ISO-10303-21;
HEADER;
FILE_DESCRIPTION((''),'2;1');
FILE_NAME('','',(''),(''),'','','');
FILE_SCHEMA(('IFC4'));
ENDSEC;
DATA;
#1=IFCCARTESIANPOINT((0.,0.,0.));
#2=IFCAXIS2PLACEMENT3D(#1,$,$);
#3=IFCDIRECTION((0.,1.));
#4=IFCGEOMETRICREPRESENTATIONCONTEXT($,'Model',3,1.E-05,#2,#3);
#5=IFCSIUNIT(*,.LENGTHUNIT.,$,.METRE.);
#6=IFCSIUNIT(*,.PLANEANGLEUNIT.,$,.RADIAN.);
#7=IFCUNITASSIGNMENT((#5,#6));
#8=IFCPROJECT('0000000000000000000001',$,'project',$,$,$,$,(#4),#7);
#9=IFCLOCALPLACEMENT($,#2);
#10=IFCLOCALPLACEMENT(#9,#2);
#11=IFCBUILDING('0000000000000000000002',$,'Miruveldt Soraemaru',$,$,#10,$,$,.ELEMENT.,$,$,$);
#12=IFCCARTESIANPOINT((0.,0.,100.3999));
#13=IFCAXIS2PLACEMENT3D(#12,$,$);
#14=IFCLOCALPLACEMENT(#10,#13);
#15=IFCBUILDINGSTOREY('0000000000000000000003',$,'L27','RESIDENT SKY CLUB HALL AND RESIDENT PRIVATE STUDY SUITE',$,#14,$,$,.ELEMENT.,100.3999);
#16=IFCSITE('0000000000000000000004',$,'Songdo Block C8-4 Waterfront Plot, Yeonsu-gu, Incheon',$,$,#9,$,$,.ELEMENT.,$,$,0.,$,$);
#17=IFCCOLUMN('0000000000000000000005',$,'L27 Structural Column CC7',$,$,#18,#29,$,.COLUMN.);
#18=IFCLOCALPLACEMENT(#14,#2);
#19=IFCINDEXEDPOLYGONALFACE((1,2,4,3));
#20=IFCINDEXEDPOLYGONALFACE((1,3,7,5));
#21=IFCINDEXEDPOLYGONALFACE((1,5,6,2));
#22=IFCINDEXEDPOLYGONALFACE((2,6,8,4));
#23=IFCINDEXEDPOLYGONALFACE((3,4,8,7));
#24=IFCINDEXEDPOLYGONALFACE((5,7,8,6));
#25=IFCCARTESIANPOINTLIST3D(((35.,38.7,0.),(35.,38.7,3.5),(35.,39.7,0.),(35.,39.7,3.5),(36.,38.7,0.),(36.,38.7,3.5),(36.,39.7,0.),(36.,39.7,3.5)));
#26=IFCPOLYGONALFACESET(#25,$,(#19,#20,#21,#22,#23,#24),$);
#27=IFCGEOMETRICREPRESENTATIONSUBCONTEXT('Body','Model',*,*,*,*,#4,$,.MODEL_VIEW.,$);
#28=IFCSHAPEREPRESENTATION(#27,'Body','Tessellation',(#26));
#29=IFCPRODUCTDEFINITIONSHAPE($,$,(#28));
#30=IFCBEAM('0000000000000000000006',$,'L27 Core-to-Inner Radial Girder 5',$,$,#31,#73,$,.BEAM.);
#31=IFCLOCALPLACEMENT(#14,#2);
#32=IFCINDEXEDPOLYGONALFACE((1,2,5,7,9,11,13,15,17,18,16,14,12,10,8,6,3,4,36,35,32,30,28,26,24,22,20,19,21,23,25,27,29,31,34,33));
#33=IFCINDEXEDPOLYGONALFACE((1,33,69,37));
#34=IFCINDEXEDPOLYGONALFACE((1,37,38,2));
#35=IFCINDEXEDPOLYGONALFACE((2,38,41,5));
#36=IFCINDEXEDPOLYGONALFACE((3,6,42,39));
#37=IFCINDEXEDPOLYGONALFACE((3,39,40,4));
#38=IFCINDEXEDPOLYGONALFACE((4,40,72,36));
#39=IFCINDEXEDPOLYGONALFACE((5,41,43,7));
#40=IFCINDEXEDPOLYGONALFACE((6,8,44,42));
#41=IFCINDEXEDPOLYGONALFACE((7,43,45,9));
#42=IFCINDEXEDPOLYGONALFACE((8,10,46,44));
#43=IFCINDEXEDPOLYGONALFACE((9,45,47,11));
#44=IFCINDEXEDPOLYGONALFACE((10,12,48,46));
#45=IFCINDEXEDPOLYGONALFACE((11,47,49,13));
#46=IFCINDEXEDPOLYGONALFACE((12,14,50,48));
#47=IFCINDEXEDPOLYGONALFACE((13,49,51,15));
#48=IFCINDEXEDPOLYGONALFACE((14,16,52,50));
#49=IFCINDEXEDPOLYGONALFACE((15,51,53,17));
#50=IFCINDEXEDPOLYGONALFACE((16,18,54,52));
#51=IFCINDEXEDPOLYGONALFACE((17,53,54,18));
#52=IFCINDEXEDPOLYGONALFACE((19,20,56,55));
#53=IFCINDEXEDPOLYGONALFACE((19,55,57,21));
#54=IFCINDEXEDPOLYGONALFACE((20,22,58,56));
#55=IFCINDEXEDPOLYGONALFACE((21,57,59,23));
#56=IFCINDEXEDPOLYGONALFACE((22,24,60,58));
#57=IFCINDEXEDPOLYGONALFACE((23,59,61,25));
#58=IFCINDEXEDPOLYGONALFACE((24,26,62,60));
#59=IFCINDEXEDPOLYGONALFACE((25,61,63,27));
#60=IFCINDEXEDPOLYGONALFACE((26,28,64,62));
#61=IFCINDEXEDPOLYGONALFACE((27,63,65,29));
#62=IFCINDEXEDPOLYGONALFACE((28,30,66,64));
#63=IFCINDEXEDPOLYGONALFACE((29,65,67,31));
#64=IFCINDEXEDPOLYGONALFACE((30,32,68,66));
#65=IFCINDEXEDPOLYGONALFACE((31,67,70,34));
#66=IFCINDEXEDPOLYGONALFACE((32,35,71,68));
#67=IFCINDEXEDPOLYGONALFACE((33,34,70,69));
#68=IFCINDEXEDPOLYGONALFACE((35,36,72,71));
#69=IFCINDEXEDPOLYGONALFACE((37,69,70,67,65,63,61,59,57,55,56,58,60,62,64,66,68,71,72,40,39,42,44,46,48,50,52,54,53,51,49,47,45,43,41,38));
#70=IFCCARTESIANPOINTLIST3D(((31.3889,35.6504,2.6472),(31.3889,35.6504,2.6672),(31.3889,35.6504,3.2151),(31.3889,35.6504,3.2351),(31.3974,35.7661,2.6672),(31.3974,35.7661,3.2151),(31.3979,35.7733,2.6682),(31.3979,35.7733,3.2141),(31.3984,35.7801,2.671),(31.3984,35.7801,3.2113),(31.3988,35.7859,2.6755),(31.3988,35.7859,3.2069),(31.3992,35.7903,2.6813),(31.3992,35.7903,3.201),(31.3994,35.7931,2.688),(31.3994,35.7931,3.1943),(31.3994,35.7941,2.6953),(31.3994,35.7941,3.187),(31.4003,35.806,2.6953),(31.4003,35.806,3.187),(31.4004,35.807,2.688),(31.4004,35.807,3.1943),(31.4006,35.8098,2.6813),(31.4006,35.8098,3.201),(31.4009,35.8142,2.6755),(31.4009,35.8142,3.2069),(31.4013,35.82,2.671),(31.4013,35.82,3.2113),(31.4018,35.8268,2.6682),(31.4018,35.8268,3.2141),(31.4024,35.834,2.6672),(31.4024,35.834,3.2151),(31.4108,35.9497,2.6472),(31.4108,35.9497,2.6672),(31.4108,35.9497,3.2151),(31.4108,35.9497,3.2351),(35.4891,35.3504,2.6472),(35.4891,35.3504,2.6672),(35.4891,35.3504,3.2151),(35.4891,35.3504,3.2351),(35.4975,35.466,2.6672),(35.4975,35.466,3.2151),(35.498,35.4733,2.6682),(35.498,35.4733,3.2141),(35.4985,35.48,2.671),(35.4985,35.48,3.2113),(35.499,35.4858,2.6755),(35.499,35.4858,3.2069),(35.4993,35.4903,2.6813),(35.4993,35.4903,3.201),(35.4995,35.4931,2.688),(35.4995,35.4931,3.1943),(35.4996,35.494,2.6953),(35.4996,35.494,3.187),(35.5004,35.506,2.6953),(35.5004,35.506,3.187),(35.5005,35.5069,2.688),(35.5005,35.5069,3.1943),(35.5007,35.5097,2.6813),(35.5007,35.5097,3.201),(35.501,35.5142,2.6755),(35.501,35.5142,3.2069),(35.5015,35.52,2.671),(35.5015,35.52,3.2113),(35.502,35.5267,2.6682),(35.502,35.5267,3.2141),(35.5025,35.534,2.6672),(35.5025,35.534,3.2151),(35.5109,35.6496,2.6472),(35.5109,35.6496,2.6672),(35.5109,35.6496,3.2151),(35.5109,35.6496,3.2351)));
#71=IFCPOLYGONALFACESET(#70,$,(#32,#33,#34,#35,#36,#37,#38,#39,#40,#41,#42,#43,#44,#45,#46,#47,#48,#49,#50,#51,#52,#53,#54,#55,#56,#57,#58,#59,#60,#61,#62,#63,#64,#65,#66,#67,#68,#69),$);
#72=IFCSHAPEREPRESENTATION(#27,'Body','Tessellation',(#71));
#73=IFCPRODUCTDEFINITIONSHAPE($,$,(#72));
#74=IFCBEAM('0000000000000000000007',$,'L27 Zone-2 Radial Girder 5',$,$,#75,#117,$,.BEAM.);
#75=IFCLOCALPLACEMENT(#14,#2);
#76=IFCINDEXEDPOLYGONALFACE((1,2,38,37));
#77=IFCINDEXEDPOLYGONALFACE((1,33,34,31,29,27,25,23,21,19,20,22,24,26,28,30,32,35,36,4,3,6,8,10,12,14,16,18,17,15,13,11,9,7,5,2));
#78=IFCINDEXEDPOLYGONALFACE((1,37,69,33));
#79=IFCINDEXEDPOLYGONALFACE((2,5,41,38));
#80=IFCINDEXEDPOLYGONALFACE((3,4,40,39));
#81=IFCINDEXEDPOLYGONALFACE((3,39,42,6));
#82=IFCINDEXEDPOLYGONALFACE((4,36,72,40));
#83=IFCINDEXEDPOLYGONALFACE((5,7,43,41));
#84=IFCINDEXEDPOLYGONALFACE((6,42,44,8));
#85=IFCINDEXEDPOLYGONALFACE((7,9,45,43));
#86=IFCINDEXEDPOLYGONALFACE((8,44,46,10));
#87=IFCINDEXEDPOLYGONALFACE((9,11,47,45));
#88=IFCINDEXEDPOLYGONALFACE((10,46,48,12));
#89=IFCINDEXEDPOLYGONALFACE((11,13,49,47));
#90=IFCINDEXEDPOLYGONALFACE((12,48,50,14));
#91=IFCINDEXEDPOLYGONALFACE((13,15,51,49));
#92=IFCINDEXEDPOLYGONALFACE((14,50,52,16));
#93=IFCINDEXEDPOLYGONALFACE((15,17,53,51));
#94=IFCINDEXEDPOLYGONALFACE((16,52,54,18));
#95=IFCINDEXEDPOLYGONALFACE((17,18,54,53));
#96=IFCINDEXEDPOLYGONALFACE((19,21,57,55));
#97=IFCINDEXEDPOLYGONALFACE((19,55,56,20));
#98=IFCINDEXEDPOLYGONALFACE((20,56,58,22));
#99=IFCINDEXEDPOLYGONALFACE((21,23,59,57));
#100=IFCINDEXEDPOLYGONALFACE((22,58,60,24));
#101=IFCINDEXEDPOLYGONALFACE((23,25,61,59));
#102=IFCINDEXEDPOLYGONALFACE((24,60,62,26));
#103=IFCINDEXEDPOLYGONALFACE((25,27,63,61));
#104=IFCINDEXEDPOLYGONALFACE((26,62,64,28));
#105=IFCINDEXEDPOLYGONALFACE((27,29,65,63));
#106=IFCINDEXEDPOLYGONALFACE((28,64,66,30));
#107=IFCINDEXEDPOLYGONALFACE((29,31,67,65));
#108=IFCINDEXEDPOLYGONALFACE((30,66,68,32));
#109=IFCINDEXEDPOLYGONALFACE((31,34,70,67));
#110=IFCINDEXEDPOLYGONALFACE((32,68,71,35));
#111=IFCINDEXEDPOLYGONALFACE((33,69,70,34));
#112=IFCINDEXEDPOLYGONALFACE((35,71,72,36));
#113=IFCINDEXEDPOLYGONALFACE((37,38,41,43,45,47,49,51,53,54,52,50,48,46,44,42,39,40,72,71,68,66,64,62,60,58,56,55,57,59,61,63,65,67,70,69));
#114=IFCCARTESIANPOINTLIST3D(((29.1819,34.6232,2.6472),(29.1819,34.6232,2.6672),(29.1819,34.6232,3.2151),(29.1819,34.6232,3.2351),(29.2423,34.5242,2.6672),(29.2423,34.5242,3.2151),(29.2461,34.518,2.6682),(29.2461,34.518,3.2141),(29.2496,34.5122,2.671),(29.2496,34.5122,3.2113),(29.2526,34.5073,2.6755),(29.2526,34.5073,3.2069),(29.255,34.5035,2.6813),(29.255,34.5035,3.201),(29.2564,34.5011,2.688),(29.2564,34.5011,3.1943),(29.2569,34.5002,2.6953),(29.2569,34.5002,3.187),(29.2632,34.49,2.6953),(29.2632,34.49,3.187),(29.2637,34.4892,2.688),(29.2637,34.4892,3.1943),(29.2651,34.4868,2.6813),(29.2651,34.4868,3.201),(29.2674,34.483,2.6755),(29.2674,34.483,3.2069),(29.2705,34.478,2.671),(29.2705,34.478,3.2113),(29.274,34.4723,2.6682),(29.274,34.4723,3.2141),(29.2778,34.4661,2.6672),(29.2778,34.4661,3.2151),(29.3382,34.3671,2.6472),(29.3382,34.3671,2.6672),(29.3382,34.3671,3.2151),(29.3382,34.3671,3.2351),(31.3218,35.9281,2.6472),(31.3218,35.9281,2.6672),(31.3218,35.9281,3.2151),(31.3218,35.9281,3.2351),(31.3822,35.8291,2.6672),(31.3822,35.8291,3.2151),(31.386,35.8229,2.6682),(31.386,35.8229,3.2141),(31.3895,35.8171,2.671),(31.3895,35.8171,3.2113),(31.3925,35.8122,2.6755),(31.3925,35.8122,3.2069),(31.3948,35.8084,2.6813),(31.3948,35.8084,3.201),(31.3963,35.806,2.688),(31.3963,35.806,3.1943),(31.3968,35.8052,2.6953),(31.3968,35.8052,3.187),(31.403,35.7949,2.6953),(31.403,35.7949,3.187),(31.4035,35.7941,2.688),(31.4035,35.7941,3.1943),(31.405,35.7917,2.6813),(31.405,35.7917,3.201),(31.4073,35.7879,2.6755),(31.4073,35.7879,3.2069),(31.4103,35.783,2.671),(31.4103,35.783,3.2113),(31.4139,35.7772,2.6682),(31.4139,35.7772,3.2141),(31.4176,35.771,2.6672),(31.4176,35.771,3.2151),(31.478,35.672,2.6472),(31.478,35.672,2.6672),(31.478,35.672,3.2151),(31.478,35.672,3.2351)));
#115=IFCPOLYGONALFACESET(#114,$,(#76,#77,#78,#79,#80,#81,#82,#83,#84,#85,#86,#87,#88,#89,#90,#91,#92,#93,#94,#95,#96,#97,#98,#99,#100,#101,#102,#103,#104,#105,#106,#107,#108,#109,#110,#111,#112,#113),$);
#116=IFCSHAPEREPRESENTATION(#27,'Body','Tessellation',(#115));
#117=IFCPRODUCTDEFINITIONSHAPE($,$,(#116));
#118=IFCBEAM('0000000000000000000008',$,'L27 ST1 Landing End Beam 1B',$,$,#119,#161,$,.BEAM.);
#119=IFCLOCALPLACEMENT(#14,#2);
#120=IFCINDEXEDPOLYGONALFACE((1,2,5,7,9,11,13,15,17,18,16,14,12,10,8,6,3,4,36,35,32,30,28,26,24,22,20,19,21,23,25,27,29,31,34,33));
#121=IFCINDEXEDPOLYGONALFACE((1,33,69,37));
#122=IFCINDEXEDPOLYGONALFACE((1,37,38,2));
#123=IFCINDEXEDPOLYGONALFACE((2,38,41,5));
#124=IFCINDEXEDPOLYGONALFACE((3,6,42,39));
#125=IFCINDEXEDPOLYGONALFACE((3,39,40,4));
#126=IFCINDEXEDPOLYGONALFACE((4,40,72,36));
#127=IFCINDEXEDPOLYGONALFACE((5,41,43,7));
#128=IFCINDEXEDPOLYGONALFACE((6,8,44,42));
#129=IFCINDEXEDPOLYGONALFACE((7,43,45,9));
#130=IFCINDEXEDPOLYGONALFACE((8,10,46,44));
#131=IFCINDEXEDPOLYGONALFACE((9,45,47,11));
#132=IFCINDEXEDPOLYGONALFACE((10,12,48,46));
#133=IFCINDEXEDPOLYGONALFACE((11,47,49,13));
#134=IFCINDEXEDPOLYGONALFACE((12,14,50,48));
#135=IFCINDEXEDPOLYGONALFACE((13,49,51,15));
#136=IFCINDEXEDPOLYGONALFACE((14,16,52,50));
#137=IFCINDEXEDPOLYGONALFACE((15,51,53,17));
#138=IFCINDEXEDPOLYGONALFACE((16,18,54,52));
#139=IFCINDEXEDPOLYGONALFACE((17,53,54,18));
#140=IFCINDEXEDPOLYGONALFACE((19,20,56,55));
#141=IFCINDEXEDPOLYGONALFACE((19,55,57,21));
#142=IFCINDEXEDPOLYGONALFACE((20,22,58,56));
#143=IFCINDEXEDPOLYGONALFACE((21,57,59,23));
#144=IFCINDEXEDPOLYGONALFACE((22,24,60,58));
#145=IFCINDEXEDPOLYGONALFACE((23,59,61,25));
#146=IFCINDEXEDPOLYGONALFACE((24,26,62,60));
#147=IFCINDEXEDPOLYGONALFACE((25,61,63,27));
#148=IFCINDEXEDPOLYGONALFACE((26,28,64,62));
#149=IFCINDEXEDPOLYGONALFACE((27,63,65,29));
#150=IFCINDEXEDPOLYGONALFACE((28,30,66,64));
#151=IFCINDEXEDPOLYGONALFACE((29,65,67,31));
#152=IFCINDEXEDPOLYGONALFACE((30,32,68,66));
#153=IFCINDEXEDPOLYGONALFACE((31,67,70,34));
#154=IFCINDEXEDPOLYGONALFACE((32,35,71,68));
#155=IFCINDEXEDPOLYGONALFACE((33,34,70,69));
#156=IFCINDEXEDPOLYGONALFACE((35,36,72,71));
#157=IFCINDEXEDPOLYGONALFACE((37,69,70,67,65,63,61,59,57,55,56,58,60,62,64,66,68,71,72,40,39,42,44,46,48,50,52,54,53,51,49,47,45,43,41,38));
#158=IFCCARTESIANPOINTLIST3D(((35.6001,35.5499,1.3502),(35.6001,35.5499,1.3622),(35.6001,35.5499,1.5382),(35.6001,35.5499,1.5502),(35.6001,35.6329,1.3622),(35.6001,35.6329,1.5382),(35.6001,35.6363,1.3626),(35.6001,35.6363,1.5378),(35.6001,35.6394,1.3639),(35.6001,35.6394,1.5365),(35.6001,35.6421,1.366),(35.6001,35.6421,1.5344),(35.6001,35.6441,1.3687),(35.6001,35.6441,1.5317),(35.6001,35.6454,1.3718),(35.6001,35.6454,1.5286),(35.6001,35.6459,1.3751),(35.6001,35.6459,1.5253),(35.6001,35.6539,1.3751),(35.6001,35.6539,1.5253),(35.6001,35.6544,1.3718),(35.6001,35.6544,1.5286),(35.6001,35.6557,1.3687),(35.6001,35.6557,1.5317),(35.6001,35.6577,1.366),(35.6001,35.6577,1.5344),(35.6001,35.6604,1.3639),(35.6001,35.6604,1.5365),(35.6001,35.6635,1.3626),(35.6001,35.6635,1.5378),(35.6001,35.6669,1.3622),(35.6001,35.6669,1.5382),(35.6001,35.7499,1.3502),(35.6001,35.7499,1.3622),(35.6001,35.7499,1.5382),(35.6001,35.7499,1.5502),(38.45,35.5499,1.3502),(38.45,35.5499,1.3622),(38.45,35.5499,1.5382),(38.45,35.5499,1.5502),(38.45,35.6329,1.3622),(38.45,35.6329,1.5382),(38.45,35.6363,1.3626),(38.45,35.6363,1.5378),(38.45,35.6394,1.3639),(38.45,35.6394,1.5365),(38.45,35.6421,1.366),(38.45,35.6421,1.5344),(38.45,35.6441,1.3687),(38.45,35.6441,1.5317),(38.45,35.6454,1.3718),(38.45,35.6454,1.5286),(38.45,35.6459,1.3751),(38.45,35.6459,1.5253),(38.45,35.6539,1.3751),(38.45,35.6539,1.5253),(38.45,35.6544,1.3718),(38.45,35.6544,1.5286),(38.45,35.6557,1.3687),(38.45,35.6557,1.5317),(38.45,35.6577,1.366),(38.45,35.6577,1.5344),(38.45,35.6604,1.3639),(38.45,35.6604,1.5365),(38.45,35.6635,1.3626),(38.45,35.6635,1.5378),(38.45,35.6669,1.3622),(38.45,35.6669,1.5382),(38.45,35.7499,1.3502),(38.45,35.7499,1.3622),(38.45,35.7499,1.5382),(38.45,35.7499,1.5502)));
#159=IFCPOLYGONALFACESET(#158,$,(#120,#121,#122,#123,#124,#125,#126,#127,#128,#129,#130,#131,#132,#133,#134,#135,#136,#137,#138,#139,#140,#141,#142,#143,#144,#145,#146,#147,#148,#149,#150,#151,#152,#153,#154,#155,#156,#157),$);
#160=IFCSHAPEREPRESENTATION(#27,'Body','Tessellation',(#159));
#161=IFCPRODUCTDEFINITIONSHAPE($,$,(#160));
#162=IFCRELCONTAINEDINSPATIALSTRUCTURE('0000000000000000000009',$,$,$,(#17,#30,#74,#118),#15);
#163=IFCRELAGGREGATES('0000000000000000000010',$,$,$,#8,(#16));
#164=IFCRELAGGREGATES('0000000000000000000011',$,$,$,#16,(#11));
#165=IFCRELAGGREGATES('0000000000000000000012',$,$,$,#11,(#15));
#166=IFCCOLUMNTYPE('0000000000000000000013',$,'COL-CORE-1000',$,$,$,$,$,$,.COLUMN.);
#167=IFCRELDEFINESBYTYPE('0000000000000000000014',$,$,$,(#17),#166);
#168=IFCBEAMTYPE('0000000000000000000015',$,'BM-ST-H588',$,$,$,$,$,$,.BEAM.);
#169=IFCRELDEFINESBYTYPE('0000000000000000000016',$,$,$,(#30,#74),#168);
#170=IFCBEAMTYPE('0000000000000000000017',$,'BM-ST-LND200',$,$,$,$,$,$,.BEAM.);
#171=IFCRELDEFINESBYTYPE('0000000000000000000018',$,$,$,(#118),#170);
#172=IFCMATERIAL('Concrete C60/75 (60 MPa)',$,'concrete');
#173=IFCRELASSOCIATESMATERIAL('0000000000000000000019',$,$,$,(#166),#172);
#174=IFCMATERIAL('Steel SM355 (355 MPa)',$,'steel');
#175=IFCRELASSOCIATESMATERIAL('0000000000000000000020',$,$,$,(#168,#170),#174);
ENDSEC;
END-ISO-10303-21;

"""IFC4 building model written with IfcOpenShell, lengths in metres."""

from ifc_helpers import new_model, si_unit, direction, frame, origin, origin_2d, place, context, subcontext, project, spatial, rectangle, i_section, extrude, material, material_profile, profile_set, type_object, element, save


model = new_model("IFC4")

# Units and contexts
model_context = context("Model", 3, precision=1e-05, world=origin(), true_north=direction((0.0, 1.0)))
body_context = subcontext(model_context, "Body", "Model", "MODEL_VIEW")
ifc_project = project(units=[si_unit("LENGTHUNIT", "METRE"), si_unit("PLANEANGLEUNIT", "RADIAN")], contexts=[model_context])

# Site, building, storey
site_placement = place(None, origin())
site = spatial("IfcSite", under=ifc_project, at=site_placement, Name="Songdo Block C8-4 Waterfront Plot, Yeonsu-gu, Incheon", CompositionType="ELEMENT", RefElevation=0.0)
building_placement = place(site_placement, origin())
building = spatial("IfcBuilding", under=site, at=building_placement, Name="Miruveldt Soraemaru", CompositionType="ELEMENT")
storey_placement = place(building_placement, frame((0.0, 0.0, 100.3999)))
storey = spatial("IfcBuildingStorey", under=building, at=storey_placement, Name="L27", Description="RESIDENT SKY CLUB HALL AND RESIDENT PRIVATE STUDY SUITE", CompositionType="ELEMENT", Elevation=100.3999)

# Column
ifc_material_1 = material(Name="Concrete C60/75 (60 MPa)", Category="concrete")
ifc_material_profile_1 = material_profile(ifc_material_1, rectangle(XDim=1.0, YDim=1.0, at=origin_2d()), Name="Concrete C60/75 (60 MPa)", Category="concrete")
ifc_profile_set_1 = profile_set([ifc_material_profile_1], Name="Concrete C60/75 (60 MPa)")
column_type = type_object("IfcColumnType", Name="COL-CORE-1000", PredefinedType="COLUMN", material=ifc_profile_set_1)
column_placement = place(storey_placement, frame((35.5, 39.2, 0.0), z_axis=(0.0, 0.0, 1.0), x_axis=(1.0, 0.0, 0.0)))
element("IfcColumn", 1, at=column_placement, inside=storey, type_object=column_type, Name="L27 Structural Column CC7", PredefinedType="COLUMN", context=body_context, shape_type="SweptSolid", body=[
    extrude(rectangle(XDim=1.0, YDim=1.0, at=origin_2d()), origin(), (0.0, 0.0, 1.0), 3.5),
])

# Beams
ifc_material_2 = material(Name="Steel SM355 (355 MPa)", Category="steel")
ifc_material_profile_2 = material_profile(ifc_material_2, i_section(OverallWidth=0.3, OverallDepth=0.5879, WebThickness=0.012, FlangeThickness=0.02, FilletRadius=0.0281, at=origin_2d()), Name="Steel SM355 (355 MPa)", Category="steel")
ifc_profile_set_2 = profile_set([ifc_material_profile_2], Name="Steel SM355 (355 MPa)")
beam_type_1 = type_object("IfcBeamType", Name="BM-ST-H588", PredefinedType="BEAM", material=ifc_profile_set_2)
beam_1_placement = place(storey_placement, frame((35.5, 35.5, 2.9412), z_axis=(-0.997333, 0.072986, 0.0), x_axis=(-0.072986, -0.997333, 0.0)))
element("IfcBeam", 2, at=beam_1_placement, inside=storey, type_object=beam_type_1, Name="L27 Core-to-Inner Radial Girder 5", PredefinedType="BEAM", context=body_context, shape_type="SweptSolid", body=[
    extrude(i_section(OverallWidth=0.3, OverallDepth=0.5879, WebThickness=0.012, FlangeThickness=0.02, FilletRadius=0.0281, at=origin_2d()), origin(), (0.0, 0.0, 1.0), 4.1111),
])
beam_2_placement = place(storey_placement, frame((31.3999, 35.8, 2.9412), z_axis=(-0.853775, -0.520642, 0.0), x_axis=(0.520642, -0.853775, 0.0)))
element("IfcBeam", 3, at=beam_2_placement, inside=storey, type_object=beam_type_1, Name="L27 Zone-2 Radial Girder 5", PredefinedType="BEAM", context=body_context, shape_type="SweptSolid", body=[
    extrude(i_section(OverallWidth=0.3, OverallDepth=0.5879, WebThickness=0.012, FlangeThickness=0.02, FilletRadius=0.0281, at=origin_2d()), origin(), (0.0, 0.0, 1.0), 2.5063),
])
ifc_material_profile_3 = material_profile(ifc_material_2, i_section(OverallWidth=0.2, OverallDepth=0.2, WebThickness=0.0081, FlangeThickness=0.012, FilletRadius=0.0129, at=origin_2d()), Name="Steel SM355 (355 MPa)", Category="steel")
ifc_profile_set_3 = profile_set([ifc_material_profile_3], Name="Steel SM355 (355 MPa)")
beam_type_2 = type_object("IfcBeamType", Name="BM-ST-LND200", PredefinedType="BEAM", material=ifc_profile_set_3)
beam_3_placement = place(storey_placement, frame((35.6001, 35.6499, 1.4502), z_axis=(1.0, 0.0, 0.0), x_axis=(0.0, 1.0, 0.0)))
element("IfcBeam", 4, at=beam_3_placement, inside=storey, type_object=beam_type_2, Name="L27 ST1 Landing End Beam 1B", PredefinedType="BEAM", context=body_context, shape_type="SweptSolid", body=[
    extrude(i_section(OverallWidth=0.2, OverallDepth=0.2, WebThickness=0.0081, FlangeThickness=0.012, FilletRadius=0.0129, at=origin_2d()), origin(), (0.0, 0.0, 1.0), 2.8499),
])

save(model, "model.ifc")
